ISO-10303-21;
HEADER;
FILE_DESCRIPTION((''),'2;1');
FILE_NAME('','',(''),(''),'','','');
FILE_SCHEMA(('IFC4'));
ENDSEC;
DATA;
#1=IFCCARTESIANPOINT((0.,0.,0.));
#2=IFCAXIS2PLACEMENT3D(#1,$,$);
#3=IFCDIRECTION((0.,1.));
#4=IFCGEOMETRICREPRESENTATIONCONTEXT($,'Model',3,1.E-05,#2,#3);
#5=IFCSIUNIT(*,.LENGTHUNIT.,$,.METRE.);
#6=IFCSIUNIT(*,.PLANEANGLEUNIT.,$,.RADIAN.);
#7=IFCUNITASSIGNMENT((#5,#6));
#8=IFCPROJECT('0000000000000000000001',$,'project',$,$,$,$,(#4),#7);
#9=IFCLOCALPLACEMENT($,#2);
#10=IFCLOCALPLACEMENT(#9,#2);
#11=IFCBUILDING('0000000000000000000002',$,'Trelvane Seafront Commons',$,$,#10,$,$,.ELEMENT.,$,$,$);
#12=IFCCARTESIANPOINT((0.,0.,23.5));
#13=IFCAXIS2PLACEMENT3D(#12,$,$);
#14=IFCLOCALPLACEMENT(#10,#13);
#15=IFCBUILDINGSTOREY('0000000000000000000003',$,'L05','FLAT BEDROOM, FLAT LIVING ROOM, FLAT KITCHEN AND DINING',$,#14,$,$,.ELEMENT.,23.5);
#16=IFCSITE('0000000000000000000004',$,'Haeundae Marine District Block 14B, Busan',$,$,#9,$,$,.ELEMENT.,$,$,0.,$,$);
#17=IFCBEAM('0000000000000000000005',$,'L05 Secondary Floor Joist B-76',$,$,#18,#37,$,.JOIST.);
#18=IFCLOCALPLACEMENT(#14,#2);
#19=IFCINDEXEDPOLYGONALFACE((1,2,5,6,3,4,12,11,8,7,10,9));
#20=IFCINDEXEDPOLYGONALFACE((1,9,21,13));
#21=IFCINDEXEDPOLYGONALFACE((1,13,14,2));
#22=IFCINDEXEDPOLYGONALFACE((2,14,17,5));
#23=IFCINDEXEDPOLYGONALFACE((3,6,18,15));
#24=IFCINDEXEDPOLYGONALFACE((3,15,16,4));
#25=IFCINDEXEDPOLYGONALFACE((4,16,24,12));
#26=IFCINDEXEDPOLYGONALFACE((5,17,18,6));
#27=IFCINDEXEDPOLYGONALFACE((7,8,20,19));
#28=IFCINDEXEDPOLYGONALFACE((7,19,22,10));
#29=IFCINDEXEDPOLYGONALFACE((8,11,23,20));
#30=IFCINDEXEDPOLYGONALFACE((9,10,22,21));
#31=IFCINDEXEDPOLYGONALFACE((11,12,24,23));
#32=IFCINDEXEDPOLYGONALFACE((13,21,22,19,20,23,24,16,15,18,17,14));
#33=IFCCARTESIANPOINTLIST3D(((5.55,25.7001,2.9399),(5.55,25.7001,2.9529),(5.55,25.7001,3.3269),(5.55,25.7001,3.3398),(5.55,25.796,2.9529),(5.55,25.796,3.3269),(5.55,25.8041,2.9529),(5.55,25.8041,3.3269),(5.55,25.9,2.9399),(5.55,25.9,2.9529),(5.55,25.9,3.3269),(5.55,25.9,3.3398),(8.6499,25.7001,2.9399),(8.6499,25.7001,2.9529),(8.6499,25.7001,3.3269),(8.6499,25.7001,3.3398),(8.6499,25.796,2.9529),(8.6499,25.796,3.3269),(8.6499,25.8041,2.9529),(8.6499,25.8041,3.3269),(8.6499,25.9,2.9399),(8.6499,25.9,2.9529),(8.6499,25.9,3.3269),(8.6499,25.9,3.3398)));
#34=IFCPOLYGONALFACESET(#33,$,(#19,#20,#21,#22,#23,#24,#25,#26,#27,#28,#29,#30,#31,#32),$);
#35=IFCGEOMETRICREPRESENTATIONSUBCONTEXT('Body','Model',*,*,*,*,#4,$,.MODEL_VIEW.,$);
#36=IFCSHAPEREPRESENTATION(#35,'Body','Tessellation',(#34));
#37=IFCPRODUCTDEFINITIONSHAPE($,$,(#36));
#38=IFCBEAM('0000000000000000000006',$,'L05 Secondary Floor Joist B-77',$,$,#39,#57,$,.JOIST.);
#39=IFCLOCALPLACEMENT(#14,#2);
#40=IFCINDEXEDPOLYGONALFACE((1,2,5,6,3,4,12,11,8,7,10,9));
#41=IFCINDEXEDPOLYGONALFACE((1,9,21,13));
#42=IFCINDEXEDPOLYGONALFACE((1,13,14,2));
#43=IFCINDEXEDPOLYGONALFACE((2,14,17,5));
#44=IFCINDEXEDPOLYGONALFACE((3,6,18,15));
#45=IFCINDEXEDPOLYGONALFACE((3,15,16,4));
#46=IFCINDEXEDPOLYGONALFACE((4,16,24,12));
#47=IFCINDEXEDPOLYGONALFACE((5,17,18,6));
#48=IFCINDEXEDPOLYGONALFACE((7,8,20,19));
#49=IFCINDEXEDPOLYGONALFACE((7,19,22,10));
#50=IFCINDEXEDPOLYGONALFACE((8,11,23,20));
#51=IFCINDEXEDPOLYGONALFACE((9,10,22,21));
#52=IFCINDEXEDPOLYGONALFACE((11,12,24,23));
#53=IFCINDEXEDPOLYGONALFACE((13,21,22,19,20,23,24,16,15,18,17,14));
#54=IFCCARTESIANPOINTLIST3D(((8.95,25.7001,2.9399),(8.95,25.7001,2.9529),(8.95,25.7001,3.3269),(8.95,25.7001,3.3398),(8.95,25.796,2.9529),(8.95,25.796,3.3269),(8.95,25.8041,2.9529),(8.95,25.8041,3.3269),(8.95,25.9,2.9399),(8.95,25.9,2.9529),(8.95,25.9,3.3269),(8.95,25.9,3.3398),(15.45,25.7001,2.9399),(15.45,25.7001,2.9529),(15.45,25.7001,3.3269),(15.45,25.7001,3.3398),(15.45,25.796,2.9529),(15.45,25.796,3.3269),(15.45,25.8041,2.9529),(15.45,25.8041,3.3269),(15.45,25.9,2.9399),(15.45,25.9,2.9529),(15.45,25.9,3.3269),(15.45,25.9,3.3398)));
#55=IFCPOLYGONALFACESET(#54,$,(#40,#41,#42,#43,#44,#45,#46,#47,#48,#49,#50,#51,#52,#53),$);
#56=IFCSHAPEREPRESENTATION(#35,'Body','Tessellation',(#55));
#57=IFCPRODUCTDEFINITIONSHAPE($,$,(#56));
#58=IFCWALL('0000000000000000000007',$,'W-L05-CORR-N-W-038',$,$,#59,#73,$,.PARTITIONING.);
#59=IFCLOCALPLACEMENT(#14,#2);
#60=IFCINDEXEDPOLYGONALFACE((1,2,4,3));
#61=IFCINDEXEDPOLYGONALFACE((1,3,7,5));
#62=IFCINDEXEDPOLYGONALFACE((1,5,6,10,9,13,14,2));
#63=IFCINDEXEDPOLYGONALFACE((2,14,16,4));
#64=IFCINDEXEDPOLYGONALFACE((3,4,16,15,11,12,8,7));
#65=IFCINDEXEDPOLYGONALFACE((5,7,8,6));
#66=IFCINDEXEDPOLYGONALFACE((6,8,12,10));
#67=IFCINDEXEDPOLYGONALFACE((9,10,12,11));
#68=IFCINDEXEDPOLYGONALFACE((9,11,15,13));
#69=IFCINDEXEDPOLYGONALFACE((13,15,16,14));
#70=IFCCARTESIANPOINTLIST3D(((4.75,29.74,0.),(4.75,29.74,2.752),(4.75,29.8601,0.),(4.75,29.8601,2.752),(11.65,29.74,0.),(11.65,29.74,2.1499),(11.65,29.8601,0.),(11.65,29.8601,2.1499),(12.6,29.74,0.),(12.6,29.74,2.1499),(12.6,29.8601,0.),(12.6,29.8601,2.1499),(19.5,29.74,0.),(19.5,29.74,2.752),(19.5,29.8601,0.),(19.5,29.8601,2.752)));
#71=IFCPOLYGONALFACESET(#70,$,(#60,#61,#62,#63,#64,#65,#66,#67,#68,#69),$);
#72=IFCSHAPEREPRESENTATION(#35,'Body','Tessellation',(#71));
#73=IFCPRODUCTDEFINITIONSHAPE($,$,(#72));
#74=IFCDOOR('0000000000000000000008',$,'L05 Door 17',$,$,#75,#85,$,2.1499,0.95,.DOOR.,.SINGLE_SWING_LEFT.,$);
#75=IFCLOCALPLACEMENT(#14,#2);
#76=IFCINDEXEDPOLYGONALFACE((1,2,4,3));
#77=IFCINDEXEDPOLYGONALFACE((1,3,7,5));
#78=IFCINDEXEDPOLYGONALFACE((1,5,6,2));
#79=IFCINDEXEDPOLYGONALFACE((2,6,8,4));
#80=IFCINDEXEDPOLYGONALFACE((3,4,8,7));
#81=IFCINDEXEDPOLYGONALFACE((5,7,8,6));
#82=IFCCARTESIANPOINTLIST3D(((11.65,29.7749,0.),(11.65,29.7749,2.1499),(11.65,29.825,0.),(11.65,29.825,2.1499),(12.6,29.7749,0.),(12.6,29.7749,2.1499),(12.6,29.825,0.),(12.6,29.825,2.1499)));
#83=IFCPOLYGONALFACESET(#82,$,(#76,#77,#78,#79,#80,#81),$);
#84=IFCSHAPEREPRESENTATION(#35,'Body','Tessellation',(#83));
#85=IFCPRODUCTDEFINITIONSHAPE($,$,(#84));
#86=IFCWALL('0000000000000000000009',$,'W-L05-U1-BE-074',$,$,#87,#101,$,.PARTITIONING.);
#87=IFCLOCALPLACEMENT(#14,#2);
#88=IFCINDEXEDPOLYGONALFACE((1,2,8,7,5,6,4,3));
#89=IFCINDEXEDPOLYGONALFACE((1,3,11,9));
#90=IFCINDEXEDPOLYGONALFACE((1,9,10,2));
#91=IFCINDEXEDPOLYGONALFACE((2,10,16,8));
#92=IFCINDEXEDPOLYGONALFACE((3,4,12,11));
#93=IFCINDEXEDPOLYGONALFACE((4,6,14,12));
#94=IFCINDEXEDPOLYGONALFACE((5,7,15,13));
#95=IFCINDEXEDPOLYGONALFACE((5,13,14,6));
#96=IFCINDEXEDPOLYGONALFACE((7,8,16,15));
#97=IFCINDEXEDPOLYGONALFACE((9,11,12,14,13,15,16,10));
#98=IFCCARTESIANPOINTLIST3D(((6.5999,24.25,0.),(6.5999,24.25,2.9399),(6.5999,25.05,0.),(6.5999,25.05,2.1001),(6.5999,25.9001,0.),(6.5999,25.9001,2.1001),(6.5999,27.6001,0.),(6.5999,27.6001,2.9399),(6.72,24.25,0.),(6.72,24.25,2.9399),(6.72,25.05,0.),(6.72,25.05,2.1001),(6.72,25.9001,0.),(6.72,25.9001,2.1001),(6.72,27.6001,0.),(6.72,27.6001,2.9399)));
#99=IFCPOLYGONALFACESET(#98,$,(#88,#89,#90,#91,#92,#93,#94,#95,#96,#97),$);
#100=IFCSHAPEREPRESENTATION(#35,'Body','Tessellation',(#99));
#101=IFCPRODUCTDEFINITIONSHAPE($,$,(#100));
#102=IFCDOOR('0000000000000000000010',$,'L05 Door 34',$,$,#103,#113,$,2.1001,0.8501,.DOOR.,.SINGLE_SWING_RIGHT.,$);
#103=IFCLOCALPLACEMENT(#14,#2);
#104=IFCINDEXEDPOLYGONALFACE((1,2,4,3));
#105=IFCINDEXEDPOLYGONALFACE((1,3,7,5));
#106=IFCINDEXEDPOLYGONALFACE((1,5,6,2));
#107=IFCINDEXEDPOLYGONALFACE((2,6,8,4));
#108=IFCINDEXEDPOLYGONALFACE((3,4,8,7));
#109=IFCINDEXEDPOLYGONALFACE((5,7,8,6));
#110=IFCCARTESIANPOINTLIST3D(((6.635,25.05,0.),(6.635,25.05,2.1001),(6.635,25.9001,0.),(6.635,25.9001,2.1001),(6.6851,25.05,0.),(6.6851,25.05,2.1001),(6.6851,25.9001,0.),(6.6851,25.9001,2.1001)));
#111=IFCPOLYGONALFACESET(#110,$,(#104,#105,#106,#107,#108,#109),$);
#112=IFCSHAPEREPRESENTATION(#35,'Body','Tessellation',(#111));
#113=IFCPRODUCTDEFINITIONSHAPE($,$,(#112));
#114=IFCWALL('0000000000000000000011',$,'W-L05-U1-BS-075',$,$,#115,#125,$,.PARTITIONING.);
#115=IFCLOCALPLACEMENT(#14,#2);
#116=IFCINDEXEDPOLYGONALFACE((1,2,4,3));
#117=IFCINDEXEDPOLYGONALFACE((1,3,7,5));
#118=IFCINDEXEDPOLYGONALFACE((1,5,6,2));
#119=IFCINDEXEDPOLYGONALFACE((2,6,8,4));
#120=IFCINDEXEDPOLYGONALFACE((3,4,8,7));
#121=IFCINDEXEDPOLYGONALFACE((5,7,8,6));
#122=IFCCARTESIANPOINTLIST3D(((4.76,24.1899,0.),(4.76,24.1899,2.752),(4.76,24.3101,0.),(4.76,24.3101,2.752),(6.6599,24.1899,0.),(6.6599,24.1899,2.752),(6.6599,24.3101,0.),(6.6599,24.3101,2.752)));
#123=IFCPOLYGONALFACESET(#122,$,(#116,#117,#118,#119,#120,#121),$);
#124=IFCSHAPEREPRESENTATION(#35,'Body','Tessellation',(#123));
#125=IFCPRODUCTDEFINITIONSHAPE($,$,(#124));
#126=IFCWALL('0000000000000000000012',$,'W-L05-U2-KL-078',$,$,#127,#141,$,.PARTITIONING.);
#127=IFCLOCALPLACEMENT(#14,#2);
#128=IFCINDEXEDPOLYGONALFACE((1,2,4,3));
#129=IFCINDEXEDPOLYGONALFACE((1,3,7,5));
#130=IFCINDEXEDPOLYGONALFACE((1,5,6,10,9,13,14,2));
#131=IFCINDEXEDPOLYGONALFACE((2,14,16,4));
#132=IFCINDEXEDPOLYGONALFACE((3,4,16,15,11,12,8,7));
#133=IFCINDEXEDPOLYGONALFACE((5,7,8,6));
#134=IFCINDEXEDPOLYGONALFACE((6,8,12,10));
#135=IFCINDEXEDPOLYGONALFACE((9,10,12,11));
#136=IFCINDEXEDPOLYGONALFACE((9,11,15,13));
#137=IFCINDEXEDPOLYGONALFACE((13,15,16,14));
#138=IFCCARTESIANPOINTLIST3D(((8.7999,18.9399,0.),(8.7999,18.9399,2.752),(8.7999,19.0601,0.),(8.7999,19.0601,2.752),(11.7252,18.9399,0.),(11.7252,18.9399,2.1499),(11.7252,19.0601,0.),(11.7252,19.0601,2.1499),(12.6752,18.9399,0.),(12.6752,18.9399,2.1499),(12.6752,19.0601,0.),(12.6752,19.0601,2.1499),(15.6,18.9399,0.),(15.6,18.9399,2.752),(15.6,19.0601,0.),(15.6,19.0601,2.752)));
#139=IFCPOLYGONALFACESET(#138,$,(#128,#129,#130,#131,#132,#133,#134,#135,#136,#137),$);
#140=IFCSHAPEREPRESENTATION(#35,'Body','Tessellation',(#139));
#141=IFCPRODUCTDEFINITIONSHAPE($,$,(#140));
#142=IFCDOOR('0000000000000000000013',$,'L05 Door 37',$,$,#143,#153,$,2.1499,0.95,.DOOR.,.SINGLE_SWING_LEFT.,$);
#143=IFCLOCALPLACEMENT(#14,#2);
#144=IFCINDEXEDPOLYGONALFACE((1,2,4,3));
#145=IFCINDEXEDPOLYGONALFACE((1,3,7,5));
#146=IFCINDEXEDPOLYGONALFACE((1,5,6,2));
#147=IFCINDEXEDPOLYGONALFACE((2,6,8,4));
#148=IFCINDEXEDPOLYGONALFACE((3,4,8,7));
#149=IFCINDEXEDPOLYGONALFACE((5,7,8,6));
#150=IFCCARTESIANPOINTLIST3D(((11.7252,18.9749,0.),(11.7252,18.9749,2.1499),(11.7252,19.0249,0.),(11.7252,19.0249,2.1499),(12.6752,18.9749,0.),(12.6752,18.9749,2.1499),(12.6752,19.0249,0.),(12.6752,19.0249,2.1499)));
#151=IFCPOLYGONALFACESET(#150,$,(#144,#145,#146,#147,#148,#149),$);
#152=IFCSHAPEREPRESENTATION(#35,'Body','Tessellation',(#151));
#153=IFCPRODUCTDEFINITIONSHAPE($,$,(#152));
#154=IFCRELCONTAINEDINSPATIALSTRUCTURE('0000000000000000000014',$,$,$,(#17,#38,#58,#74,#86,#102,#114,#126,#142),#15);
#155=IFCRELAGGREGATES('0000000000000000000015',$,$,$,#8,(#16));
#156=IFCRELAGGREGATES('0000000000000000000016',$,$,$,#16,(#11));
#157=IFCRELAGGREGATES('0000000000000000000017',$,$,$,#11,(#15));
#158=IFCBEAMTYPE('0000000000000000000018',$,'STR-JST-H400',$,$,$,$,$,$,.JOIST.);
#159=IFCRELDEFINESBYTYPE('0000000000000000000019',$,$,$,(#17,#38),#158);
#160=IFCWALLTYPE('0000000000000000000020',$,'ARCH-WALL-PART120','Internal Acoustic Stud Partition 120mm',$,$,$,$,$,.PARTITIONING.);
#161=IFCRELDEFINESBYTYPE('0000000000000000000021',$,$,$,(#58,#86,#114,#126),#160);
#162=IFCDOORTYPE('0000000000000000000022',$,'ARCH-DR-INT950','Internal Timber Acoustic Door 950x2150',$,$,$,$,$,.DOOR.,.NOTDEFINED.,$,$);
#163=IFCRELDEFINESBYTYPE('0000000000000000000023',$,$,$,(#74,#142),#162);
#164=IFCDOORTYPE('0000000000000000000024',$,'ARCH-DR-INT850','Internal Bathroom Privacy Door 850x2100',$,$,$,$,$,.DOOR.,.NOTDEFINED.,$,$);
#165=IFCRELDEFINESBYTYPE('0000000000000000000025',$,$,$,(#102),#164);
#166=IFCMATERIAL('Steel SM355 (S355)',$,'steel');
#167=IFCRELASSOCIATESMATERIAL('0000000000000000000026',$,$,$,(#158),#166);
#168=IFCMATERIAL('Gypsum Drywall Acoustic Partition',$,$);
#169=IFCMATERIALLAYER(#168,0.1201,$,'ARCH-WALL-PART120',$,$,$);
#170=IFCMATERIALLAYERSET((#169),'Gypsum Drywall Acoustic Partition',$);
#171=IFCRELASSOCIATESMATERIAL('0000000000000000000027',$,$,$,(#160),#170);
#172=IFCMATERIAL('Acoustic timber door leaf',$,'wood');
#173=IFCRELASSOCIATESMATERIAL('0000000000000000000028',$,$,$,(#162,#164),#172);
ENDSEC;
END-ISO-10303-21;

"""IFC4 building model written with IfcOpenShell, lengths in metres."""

from ifc_helpers import new_model, si_unit, direction, frame, frame_2d, origin, origin_2d, place, context, subcontext, project, spatial, rectangle, i_section, extrude, source, transform, mapped, material, layer, layer_set, material_profile, profile_set, type_object, element, fill, save


model = new_model("IFC4")

# Units and contexts
model_context = context("Model", 3, precision=1e-05, world=origin(), true_north=direction((0.0, 1.0)))
body_context = subcontext(model_context, "Body", "Model", "MODEL_VIEW")
ifc_project = project(units=[si_unit("LENGTHUNIT", "METRE"), si_unit("PLANEANGLEUNIT", "RADIAN")], contexts=[model_context])

# Site, building, storey
site_placement = place(None, origin())
site = spatial("IfcSite", under=ifc_project, at=site_placement, Name="Haeundae Marine District Block 14B, Busan", CompositionType="ELEMENT", RefElevation=0.0)
building_placement = place(site_placement, origin())
building = spatial("IfcBuilding", under=site, at=building_placement, Name="Trelvane Seafront Commons", CompositionType="ELEMENT")
storey_placement = place(building_placement, frame((0.0, 0.0, 23.5)))
storey = spatial("IfcBuildingStorey", under=building, at=storey_placement, Name="L05", Description="FLAT BEDROOM, FLAT LIVING ROOM, FLAT KITCHEN AND DINING", CompositionType="ELEMENT", Elevation=23.5)

# Beams
ifc_material_1 = material(Name="Steel SM355 (S355)", Category="steel")
ifc_material_profile = material_profile(ifc_material_1, i_section(OverallWidth=0.2, OverallDepth=0.3999, WebThickness=0.0081, FlangeThickness=0.0129, at=origin_2d()), Name="H-400x200x8x13")
ifc_profile_set = profile_set([ifc_material_profile], Name="Steel SM355 (S355)")
beam_type = type_object("IfcBeamType", Name="STR-JST-H400", PredefinedType="JOIST", material=ifc_profile_set)
shared_shape_1 = source(origin(), body_context, "Body", "SweptSolid", [
    extrude(i_section(OverallWidth=0.2, OverallDepth=0.3999, WebThickness=0.0081, FlangeThickness=0.0129, at=origin_2d()), origin(), (0.0, 0.0, 1.0), 3.0999),
])
beam_1_placement = place(storey_placement, frame((5.55, 25.8, 3.1399), z_axis=(1.0, 0.0, 0.0), x_axis=(0.0, 1.0, 0.0)))
element("IfcBeam", 1, at=beam_1_placement, inside=storey, type_object=beam_type, Name="L05 Secondary Floor Joist B-76", PredefinedType="JOIST", context=body_context, shape_type="MappedRepresentation", body=[
    mapped(shared_shape_1, transform((0.0, 0.0, 0.0), x_axis=(1.0, 0.0, 0.0), y_axis=(0.0, 1.0, 0.0), z_axis=(0.0, 0.0, 1.0), scale=1.0)),
])
shared_shape_2 = source(origin(), body_context, "Body", "SweptSolid", [
    extrude(i_section(OverallWidth=0.2, OverallDepth=0.3999, WebThickness=0.0081, FlangeThickness=0.0129, at=origin_2d()), origin(), (0.0, 0.0, 1.0), 6.5),
])
beam_2_placement = place(storey_placement, frame((8.95, 25.8, 3.1399), z_axis=(1.0, 0.0, 0.0), x_axis=(0.0, 1.0, 0.0)))
element("IfcBeam", 2, at=beam_2_placement, inside=storey, type_object=beam_type, Name="L05 Secondary Floor Joist B-77", PredefinedType="JOIST", context=body_context, shape_type="MappedRepresentation", body=[
    mapped(shared_shape_2, transform((0.0, 0.0, 0.0), x_axis=(1.0, 0.0, 0.0), y_axis=(0.0, 1.0, 0.0), z_axis=(0.0, 0.0, 1.0), scale=1.0)),
])

# Walls, openings, doors
ifc_material_2 = material(Name="Gypsum Drywall Acoustic Partition")
ifc_layer_1 = layer(ifc_material_2, 0.1201, Name="ARCH-WALL-PART120")
ifc_layer_set_1 = layer_set([ifc_layer_1], Name="Gypsum Drywall Acoustic Partition")
wall_type_1 = type_object("IfcWallType", Name="ARCH-WALL-PART120", Description="Internal Acoustic Stud Partition 120mm", PredefinedType="PARTITIONING", material=ifc_layer_set_1)
wall_1_placement = place(storey_placement, frame((4.75, 29.8, 0.0), z_axis=(0.0, 0.0, 1.0), x_axis=(1.0, 0.0, 0.0)))
wall_1 = element("IfcWall", 3, at=wall_1_placement, inside=storey, type_object=wall_type_1, Name="W-L05-CORR-N-W-038", PredefinedType="PARTITIONING", context=body_context, shape_type="SweptSolid", body=[
    extrude(rectangle(XDim=14.75, YDim=0.1201, at=frame_2d((7.375, 0.0))), origin(), (0.0, 0.0, 1.0), 2.752),
])
opening_1_placement = place(wall_1_placement, frame((6.8999, 0.0, 0.0)))
opening_1 = element("IfcOpeningElement", 4, at=opening_1_placement, cuts=wall_1, PredefinedType="OPENING", context=body_context, shape_type="SweptSolid", body=[
    extrude(rectangle(XDim=0.95, YDim=2.1499, at=frame_2d((0.4751, 1.075))), frame((0.0, 0.0701, 0.0), z_axis=(0.0, -1.0, 0.0), x_axis=(1.0, 0.0, 0.0)), (0.0, 0.0, 1.0), 0.1401),
])
ifc_material_3 = material(Name="Acoustic timber door leaf", Category="wood")
door_type_1 = type_object("IfcDoorType", Name="ARCH-DR-INT950", Description="Internal Timber Acoustic Door 950x2150", OperationType="NOTDEFINED", PredefinedType="DOOR", material=ifc_material_3)
shared_shape_3 = source(origin(), body_context, "Body", "SweptSolid", [
    extrude(rectangle(XDim=0.95, YDim=2.1499, at=frame_2d((0.4751, 1.075))), frame((0.0, 0.0249, 0.0), z_axis=(0.0, -1.0, 0.0), x_axis=(1.0, 0.0, 0.0)), (0.0, 0.0, 1.0), 0.05),
])
door_1_placement = place(opening_1_placement, origin())
door_1 = element("IfcDoor", 5, at=door_1_placement, inside=storey, type_object=door_type_1, Name="L05 Door 17", OperationType="SINGLE_SWING_LEFT", OverallHeight=2.1499, OverallWidth=0.95, PredefinedType="DOOR", context=body_context, shape_type="MappedRepresentation", body=[
    mapped(shared_shape_3, transform((0.0, 0.0, 0.0), x_axis=(1.0, 0.0, 0.0), y_axis=(0.0, 1.0, 0.0), z_axis=(0.0, 0.0, 1.0), scale=1.0)),
])
fill(opening_1, door_1)
wall_2_placement = place(storey_placement, frame((6.6599, 24.25, 0.0), z_axis=(0.0, 0.0, 1.0), x_axis=(0.0, 1.0, 0.0)))
wall_2 = element("IfcWall", 6, at=wall_2_placement, inside=storey, type_object=wall_type_1, Name="W-L05-U1-BE-074", PredefinedType="PARTITIONING", context=body_context, shape_type="SweptSolid", body=[
    extrude(rectangle(XDim=3.3501, YDim=0.1201, at=frame_2d((1.675, 0.0))), origin(), (0.0, 0.0, 1.0), 2.9399),
])
opening_2_placement = place(wall_2_placement, frame((0.8, 0.0, 0.0)))
opening_2 = element("IfcOpeningElement", 7, at=opening_2_placement, cuts=wall_2, PredefinedType="OPENING", context=body_context, shape_type="SweptSolid", body=[
    extrude(rectangle(XDim=0.8501, YDim=2.1001, at=frame_2d((0.425, 1.05))), frame((0.0, 0.0701, 0.0), z_axis=(0.0, -1.0, 0.0), x_axis=(1.0, 0.0, 0.0)), (0.0, 0.0, 1.0), 0.1401),
])
door_type_2 = type_object("IfcDoorType", Name="ARCH-DR-INT850", Description="Internal Bathroom Privacy Door 850x2100", OperationType="NOTDEFINED", PredefinedType="DOOR", material=ifc_material_3)
shared_shape_4 = source(origin(), body_context, "Body", "SweptSolid", [
    extrude(rectangle(XDim=0.8501, YDim=2.1001, at=frame_2d((0.425, 1.05))), frame((0.0, 0.0249, 0.0), z_axis=(0.0, -1.0, 0.0), x_axis=(1.0, 0.0, 0.0)), (0.0, 0.0, 1.0), 0.05),
])
door_2_placement = place(opening_2_placement, origin())
door_2 = element("IfcDoor", 8, at=door_2_placement, inside=storey, type_object=door_type_2, Name="L05 Door 34", OperationType="SINGLE_SWING_RIGHT", OverallHeight=2.1001, OverallWidth=0.8501, PredefinedType="DOOR", context=body_context, shape_type="MappedRepresentation", body=[
    mapped(shared_shape_4, transform((0.0, 0.0, 0.0), x_axis=(1.0, 0.0, 0.0), y_axis=(0.0, 1.0, 0.0), z_axis=(0.0, 0.0, 1.0), scale=1.0)),
])
fill(opening_2, door_2)

# Wall
wall_3_placement = place(storey_placement, frame((4.76, 24.25, 0.0), z_axis=(0.0, 0.0, 1.0), x_axis=(1.0, 0.0, 0.0)))
element("IfcWall", 9, at=wall_3_placement, inside=storey, type_object=wall_type_1, Name="W-L05-U1-BS-075", PredefinedType="PARTITIONING", context=body_context, shape_type="SweptSolid", body=[
    extrude(rectangle(XDim=1.8999, YDim=0.1201, at=frame_2d((0.95, 0.0))), origin(), (0.0, 0.0, 1.0), 2.752),
])

# Wall, opening, door
wall_4_placement = place(storey_placement, frame((8.8, 19.0, 0.0), z_axis=(0.0, 0.0, 1.0), x_axis=(1.0, 0.0, 0.0)))
wall_4 = element("IfcWall", 10, at=wall_4_placement, inside=storey, type_object=wall_type_1, Name="W-L05-U2-KL-078", PredefinedType="PARTITIONING", context=body_context, shape_type="SweptSolid", body=[
    extrude(rectangle(XDim=6.8, YDim=0.1201, at=frame_2d((3.3999, 0.0))), origin(), (0.0, 0.0, 1.0), 2.752),
])
opening_3_placement = place(wall_4_placement, frame((2.925, 0.0, 0.0)))
opening_3 = element("IfcOpeningElement", 11, at=opening_3_placement, cuts=wall_4, PredefinedType="OPENING", context=body_context, shape_type="SweptSolid", body=[
    extrude(rectangle(XDim=0.95, YDim=2.1499, at=frame_2d((0.4751, 1.075))), frame((0.0, 0.0701, 0.0), z_axis=(0.0, -1.0, 0.0), x_axis=(1.0, 0.0, 0.0)), (0.0, 0.0, 1.0), 0.1401),
])
door_3_placement = place(opening_3_placement, origin())
door_3 = element("IfcDoor", 12, at=door_3_placement, inside=storey, type_object=door_type_1, Name="L05 Door 37", OperationType="SINGLE_SWING_LEFT", OverallHeight=2.1499, OverallWidth=0.95, PredefinedType="DOOR", context=body_context, shape_type="MappedRepresentation", body=[
    mapped(shared_shape_3, transform((0.0, 0.0, 0.0), x_axis=(1.0, 0.0, 0.0), y_axis=(0.0, 1.0, 0.0), z_axis=(0.0, 0.0, 1.0), scale=1.0)),
])
fill(opening_3, door_3)

save(model, "model.ifc")
